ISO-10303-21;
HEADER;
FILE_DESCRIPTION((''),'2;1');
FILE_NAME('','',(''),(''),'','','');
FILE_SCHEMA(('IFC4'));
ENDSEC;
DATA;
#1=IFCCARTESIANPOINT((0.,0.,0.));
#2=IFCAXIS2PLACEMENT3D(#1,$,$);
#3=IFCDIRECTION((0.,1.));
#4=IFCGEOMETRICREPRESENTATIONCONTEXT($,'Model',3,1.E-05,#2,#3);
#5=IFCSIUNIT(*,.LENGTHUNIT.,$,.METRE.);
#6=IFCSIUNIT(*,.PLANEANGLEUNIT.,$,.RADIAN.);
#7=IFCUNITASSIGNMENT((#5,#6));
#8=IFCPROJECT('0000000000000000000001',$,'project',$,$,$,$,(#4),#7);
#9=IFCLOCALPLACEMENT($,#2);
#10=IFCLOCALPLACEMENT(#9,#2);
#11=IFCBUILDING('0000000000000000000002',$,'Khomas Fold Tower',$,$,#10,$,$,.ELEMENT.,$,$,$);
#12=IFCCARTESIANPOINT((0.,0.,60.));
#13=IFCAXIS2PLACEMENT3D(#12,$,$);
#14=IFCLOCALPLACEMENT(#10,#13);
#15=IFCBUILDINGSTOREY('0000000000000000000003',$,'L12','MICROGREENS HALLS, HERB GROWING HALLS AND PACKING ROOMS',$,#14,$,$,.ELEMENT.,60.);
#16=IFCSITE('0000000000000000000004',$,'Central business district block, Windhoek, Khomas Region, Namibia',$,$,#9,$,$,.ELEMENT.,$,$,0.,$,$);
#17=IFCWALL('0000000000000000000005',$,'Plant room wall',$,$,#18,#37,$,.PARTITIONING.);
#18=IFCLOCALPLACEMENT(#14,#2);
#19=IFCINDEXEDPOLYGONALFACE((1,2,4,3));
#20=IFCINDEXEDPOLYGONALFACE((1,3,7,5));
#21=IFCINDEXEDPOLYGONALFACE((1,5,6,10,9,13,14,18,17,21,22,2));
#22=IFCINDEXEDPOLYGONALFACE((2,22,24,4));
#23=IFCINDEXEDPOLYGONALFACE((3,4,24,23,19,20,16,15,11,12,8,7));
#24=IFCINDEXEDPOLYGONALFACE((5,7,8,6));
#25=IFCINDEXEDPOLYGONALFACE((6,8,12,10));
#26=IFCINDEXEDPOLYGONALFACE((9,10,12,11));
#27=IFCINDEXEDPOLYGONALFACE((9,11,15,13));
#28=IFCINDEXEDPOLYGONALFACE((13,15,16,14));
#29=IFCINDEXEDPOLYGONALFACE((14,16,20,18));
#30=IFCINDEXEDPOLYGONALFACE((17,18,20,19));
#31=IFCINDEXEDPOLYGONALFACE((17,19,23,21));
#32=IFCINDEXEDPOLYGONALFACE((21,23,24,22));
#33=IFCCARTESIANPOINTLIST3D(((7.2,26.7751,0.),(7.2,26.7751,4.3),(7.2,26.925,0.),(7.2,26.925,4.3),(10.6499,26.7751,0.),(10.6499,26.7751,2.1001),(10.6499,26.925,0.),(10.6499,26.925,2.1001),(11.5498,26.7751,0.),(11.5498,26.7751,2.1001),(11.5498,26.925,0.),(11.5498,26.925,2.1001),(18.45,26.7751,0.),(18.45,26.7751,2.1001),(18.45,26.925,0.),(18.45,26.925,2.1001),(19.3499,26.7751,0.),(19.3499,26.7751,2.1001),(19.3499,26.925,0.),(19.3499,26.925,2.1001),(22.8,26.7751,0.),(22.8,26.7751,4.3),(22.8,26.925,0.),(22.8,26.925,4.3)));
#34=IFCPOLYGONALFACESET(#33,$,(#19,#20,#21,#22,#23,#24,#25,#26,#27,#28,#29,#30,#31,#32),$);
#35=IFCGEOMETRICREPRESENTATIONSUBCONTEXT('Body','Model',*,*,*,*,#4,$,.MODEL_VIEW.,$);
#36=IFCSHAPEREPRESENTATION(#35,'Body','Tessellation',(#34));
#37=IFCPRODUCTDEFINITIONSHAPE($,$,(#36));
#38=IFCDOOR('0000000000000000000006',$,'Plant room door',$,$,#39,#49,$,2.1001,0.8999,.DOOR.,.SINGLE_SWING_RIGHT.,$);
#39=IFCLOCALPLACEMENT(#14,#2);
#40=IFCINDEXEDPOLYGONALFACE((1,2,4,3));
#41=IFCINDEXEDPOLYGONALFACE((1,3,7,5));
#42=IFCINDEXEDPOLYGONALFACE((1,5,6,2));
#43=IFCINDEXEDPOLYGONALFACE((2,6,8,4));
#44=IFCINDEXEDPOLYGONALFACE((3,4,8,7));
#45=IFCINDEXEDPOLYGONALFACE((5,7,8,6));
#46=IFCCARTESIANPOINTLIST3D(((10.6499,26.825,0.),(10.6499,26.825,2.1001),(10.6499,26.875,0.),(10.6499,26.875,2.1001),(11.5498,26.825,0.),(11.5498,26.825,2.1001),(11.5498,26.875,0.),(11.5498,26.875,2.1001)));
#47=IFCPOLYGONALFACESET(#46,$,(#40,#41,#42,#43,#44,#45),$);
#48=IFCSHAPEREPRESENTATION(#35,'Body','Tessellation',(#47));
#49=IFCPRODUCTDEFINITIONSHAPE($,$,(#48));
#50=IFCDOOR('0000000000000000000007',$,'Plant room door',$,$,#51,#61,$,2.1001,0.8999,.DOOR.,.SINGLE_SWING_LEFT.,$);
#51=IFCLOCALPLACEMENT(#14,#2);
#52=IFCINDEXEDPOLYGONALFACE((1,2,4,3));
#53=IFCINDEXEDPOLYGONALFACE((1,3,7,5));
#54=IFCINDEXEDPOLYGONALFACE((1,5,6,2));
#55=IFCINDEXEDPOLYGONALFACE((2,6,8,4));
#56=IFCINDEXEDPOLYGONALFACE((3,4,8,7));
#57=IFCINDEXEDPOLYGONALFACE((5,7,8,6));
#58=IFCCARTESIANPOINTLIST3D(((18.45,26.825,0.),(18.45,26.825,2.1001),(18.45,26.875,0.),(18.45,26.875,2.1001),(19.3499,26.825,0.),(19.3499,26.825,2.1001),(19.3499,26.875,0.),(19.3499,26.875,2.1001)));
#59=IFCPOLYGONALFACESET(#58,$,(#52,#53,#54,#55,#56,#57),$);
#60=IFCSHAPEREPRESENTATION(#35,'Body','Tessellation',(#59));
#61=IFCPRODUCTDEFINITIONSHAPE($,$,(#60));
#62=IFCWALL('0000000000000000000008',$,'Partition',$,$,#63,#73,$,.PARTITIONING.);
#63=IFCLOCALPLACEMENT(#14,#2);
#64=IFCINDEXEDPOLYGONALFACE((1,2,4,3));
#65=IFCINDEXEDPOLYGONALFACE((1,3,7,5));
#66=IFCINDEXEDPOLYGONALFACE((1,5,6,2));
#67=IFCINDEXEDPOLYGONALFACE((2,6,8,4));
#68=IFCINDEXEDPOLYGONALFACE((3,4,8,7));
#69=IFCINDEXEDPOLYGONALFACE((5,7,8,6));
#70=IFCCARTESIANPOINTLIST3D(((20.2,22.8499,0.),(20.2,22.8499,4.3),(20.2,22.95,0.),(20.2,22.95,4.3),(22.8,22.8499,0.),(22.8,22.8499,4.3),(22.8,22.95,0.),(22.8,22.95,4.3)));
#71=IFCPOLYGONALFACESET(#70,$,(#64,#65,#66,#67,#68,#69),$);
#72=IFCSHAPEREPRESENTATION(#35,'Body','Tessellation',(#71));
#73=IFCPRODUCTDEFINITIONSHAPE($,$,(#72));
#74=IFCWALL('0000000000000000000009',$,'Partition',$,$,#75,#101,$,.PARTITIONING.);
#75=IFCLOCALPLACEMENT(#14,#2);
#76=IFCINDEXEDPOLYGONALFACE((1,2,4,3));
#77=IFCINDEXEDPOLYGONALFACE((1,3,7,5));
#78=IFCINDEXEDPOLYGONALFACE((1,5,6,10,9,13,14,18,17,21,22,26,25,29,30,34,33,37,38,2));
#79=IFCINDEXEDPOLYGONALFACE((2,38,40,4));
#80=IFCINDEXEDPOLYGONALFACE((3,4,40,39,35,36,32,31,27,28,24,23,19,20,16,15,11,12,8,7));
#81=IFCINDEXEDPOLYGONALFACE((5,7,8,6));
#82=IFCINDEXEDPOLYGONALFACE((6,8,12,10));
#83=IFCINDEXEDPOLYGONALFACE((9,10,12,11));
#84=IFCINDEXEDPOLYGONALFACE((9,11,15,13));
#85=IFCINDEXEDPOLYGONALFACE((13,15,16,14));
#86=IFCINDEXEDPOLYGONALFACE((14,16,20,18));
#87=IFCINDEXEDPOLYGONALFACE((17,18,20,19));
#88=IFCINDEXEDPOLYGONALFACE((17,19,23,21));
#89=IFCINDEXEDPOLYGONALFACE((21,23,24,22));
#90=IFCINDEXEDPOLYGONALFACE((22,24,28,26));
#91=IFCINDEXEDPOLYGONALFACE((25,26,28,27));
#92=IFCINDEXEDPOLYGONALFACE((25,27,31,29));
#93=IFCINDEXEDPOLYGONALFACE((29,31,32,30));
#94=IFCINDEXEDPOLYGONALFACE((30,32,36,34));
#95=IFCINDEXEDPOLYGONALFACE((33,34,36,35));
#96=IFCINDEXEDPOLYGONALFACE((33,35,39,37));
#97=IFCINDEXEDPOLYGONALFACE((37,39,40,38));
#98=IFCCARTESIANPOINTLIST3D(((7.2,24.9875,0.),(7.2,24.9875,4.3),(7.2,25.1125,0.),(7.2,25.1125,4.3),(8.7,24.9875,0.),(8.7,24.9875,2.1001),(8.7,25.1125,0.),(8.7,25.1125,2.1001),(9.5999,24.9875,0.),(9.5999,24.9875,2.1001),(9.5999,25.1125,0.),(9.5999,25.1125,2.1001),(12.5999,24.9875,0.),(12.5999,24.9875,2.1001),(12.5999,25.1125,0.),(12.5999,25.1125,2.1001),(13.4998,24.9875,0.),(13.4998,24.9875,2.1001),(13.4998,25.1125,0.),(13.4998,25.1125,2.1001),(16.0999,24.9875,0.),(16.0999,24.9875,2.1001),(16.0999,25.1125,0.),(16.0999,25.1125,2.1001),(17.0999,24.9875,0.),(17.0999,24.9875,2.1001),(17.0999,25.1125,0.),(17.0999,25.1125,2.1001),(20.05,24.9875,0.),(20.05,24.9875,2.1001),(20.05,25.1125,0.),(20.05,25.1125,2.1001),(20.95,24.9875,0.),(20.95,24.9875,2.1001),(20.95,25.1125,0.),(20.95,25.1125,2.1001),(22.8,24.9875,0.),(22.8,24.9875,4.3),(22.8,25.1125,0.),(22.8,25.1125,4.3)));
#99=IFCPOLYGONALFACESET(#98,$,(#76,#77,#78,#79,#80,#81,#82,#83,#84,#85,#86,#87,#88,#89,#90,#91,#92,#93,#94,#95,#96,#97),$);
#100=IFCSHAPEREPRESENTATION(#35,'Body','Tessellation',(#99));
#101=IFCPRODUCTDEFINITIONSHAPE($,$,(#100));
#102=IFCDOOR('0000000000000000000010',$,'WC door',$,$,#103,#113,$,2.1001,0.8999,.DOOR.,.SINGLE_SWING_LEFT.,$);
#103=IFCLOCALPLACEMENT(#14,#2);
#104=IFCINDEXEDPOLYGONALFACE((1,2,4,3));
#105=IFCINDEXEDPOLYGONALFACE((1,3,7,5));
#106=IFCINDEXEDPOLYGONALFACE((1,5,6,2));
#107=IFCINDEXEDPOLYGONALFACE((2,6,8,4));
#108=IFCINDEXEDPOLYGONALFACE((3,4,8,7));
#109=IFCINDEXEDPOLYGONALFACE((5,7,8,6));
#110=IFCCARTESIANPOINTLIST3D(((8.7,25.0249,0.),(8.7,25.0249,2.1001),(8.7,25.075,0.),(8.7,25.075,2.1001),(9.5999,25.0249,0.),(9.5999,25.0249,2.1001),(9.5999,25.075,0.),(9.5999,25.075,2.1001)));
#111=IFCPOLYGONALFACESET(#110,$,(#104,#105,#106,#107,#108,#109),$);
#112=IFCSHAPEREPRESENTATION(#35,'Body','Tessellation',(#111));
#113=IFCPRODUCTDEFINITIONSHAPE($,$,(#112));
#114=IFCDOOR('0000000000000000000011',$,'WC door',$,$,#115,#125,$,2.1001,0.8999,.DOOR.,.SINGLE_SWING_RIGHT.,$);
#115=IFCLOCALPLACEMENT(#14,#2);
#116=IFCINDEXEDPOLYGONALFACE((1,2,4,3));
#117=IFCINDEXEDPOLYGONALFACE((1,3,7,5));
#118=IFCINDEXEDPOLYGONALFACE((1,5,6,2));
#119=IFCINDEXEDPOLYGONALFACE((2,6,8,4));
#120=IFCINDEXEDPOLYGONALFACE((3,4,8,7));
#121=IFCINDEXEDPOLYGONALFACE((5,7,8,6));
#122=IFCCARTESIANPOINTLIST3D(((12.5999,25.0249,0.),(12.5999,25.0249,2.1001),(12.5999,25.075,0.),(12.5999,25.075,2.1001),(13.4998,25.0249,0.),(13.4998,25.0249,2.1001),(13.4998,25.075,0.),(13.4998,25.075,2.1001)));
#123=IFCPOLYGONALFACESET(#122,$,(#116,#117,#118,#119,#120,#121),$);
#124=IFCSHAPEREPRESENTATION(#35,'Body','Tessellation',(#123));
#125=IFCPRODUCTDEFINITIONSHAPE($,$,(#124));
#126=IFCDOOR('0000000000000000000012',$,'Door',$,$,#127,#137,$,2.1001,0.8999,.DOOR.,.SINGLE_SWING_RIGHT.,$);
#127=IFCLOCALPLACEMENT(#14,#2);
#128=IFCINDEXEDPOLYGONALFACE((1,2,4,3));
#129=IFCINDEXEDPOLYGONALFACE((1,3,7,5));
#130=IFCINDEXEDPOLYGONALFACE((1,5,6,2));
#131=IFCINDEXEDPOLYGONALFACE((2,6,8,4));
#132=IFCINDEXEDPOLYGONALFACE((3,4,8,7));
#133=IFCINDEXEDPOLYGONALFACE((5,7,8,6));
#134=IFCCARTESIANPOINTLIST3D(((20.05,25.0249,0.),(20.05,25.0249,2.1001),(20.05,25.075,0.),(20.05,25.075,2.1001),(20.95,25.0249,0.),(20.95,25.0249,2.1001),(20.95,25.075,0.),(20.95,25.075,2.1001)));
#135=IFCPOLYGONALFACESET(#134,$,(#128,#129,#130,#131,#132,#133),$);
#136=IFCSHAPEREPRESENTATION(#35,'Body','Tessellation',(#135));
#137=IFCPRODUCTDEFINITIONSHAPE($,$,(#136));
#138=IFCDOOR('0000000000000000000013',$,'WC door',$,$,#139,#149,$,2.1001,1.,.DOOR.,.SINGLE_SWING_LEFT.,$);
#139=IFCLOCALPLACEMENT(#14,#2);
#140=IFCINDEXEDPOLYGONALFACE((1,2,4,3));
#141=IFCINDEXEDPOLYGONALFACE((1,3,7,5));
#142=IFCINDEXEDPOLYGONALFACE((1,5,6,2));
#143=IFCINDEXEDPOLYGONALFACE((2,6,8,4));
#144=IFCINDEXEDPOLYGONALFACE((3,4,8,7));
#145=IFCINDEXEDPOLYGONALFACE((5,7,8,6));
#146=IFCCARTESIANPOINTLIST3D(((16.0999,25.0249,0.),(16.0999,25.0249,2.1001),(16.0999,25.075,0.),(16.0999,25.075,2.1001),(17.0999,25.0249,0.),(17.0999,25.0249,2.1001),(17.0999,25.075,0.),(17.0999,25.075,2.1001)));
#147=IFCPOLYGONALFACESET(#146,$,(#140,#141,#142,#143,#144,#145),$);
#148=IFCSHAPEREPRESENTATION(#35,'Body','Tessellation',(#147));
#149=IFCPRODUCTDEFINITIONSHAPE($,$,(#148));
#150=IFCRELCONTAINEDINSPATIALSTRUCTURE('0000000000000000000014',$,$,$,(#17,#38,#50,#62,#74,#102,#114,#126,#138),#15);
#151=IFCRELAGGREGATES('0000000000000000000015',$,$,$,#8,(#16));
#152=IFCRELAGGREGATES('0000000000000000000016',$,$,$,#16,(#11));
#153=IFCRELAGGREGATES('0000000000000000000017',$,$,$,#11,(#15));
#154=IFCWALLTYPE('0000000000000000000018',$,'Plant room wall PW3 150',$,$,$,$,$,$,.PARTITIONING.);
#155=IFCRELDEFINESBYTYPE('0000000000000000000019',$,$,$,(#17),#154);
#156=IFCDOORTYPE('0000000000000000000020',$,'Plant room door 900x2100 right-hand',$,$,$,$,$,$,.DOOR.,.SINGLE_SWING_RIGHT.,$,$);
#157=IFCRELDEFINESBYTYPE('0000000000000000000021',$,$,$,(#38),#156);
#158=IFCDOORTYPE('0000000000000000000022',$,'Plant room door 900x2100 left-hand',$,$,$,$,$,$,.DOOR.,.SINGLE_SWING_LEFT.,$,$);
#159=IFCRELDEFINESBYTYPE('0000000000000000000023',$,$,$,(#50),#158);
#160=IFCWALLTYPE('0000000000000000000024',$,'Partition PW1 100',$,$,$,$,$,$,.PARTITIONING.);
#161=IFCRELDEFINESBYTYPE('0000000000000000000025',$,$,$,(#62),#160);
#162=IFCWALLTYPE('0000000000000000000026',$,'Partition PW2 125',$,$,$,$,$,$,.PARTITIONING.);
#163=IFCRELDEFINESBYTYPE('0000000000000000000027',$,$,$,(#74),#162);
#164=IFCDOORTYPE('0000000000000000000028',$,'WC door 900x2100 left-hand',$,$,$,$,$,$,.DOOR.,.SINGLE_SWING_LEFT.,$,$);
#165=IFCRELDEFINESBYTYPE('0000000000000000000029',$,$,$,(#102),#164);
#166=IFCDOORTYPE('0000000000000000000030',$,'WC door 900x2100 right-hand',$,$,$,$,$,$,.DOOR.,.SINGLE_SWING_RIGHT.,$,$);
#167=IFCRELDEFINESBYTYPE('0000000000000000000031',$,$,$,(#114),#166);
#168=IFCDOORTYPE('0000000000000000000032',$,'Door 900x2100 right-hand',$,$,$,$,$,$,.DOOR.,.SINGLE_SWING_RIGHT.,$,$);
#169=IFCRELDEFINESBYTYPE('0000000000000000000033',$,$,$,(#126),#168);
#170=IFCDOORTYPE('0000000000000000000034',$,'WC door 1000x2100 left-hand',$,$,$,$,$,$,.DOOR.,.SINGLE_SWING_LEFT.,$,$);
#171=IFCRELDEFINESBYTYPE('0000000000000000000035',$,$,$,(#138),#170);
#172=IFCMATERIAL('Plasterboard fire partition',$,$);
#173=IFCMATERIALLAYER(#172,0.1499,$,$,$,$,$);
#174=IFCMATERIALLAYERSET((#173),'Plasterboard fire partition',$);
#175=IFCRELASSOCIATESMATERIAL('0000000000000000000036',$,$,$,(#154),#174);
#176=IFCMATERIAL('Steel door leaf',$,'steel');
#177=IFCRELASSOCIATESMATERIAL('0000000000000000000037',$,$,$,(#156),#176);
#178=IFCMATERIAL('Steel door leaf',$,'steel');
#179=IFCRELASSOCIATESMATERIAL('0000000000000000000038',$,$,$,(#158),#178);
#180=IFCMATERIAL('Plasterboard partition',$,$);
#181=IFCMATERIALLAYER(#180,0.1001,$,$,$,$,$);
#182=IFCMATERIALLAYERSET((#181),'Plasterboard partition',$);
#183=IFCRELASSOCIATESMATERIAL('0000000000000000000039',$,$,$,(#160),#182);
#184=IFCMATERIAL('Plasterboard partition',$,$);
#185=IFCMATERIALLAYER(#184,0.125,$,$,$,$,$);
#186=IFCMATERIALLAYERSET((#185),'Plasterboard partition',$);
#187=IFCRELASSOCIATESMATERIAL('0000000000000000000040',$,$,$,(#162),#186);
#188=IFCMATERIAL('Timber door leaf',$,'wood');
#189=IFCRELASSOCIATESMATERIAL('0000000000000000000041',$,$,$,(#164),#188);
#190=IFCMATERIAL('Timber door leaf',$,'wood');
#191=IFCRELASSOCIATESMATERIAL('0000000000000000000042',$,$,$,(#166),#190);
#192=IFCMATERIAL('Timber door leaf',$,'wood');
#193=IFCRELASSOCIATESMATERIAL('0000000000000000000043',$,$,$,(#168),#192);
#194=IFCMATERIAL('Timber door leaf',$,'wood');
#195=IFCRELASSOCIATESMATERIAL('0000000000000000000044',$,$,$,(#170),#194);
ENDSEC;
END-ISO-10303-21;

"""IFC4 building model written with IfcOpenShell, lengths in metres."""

from ifc_helpers import new_model, si_unit, direction, frame, frame_2d, origin, place, context, subcontext, project, spatial, rectangle, extrude, source, transform, mapped, material, layer, layer_set, type_object, element, fill, save


model = new_model("IFC4")

# Units and contexts
model_context = context("Model", 3, precision=1e-05, world=origin(), true_north=direction((0.0, 1.0)))
body_context = subcontext(model_context, "Body", "Model", "MODEL_VIEW")
ifc_project = project(units=[si_unit("LENGTHUNIT", "METRE"), si_unit("PLANEANGLEUNIT", "RADIAN")], contexts=[model_context])

# Site, building, storey
site_placement = place(None, origin())
site = spatial("IfcSite", under=ifc_project, at=site_placement, Name="Central business district block, Windhoek, Khomas Region, Namibia", CompositionType="ELEMENT", RefElevation=0.0)
building_placement = place(site_placement, origin())
building = spatial("IfcBuilding", under=site, at=building_placement, Name="Khomas Fold Tower", CompositionType="ELEMENT")
storey_placement = place(building_placement, frame((0.0, 0.0, 60.0)))
storey = spatial("IfcBuildingStorey", under=building, at=storey_placement, Name="L12", Description="MICROGREENS HALLS, HERB GROWING HALLS AND PACKING ROOMS", CompositionType="ELEMENT", Elevation=60.0)

# Wall, openings, doors
ifc_material_1 = material(Name="Plasterboard fire partition")
ifc_layer_1 = layer(ifc_material_1, 0.1499)
ifc_layer_set_1 = layer_set([ifc_layer_1], Name="Plasterboard fire partition")
wall_type_1 = type_object("IfcWallType", Name="Plant room wall PW3 150", PredefinedType="PARTITIONING", material=ifc_layer_set_1)
shared_shape_1 = source(origin(), body_context, "Body", "SweptSolid", [
    extrude(rectangle(XDim=15.6001, YDim=0.1499, at=frame_2d((7.8, 0.0))), origin(), (0.0, 0.0, 1.0), 4.3),
])
wall_1_placement = place(storey_placement, frame((7.2, 26.8501, 0.0), z_axis=(0.0, 0.0, 1.0), x_axis=(1.0, 0.0, 0.0)))
wall_1 = element("IfcWall", 1, at=wall_1_placement, inside=storey, type_object=wall_type_1, Name="Plant room wall", PredefinedType="PARTITIONING", context=body_context, shape_type="MappedRepresentation", body=[
    mapped(shared_shape_1, transform((0.0, 0.0, 0.0))),
])
shared_shape_2 = source(origin(), body_context, "Body", "SweptSolid", [
    extrude(rectangle(XDim=0.8999, YDim=2.1001, at=frame_2d((0.45, 1.05))), frame((0.0, 0.085, 0.0), z_axis=(0.0, -1.0, 0.0), x_axis=(1.0, 0.0, 0.0)), (0.0, 0.0, 1.0), 0.1699),
])
opening_1_placement = place(wall_1_placement, frame((3.45, 0.0, 0.0)))
opening_1 = element("IfcOpeningElement", 2, at=opening_1_placement, cuts=wall_1, PredefinedType="OPENING", context=body_context, shape_type="MappedRepresentation", body=[
    mapped(shared_shape_2, transform((0.0, 0.0, 0.0))),
])
opening_2_placement = place(wall_1_placement, frame((11.25, 0.0, 0.0)))
opening_2 = element("IfcOpeningElement", 3, at=opening_2_placement, cuts=wall_1, PredefinedType="OPENING", context=body_context, shape_type="MappedRepresentation", body=[
    mapped(shared_shape_2, transform((0.0, 0.0, 0.0))),
])
ifc_material_2 = material(Name="Steel door leaf", Category="steel")
door_type_1 = type_object("IfcDoorType", Name="Plant room door 900x2100 right-hand", OperationType="SINGLE_SWING_RIGHT", PredefinedType="DOOR", material=ifc_material_2)
shared_shape_3 = source(origin(), body_context, "Body", "SweptSolid", [
    extrude(rectangle(XDim=0.8999, YDim=2.1001, at=frame_2d((0.45, 1.05))), frame((0.0, 0.0249, 0.0), z_axis=(0.0, -1.0, 0.0), x_axis=(1.0, 0.0, 0.0)), (0.0, 0.0, 1.0), 0.05),
])
door_1_placement = place(opening_1_placement, origin())
door_1 = element("IfcDoor", 4, at=door_1_placement, inside=storey, type_object=door_type_1, Name="Plant room door", OperationType="SINGLE_SWING_RIGHT", OverallHeight=2.1001, OverallWidth=0.8999, PredefinedType="DOOR", context=body_context, shape_type="MappedRepresentation", body=[
    mapped(shared_shape_3, transform((0.0, 0.0, 0.0))),
])
fill(opening_1, door_1)
ifc_material_3 = material(Name="Steel door leaf", Category="steel")
door_type_2 = type_object("IfcDoorType", Name="Plant room door 900x2100 left-hand", OperationType="SINGLE_SWING_LEFT", PredefinedType="DOOR", material=ifc_material_3)
door_2_placement = place(opening_2_placement, origin())
door_2 = element("IfcDoor", 5, at=door_2_placement, inside=storey, type_object=door_type_2, Name="Plant room door", OperationType="SINGLE_SWING_LEFT", OverallHeight=2.1001, OverallWidth=0.8999, PredefinedType="DOOR", context=body_context, shape_type="MappedRepresentation", body=[
    mapped(shared_shape_3, transform((0.0, 0.0, 0.0))),
])
fill(opening_2, door_2)

# Wall
ifc_material_4 = material(Name="Plasterboard partition")
ifc_layer_2 = layer(ifc_material_4, 0.1001)
ifc_layer_set_2 = layer_set([ifc_layer_2], Name="Plasterboard partition")
wall_type_2 = type_object("IfcWallType", Name="Partition PW1 100", PredefinedType="PARTITIONING", material=ifc_layer_set_2)
shared_shape_4 = source(origin(), body_context, "Body", "SweptSolid", [
    extrude(rectangle(XDim=2.6001, YDim=0.1001, at=frame_2d((1.3, 0.0))), origin(), (0.0, 0.0, 1.0), 4.3),
])
wall_2_placement = place(storey_placement, frame((20.2, 22.8999, 0.0), z_axis=(0.0, 0.0, 1.0), x_axis=(1.0, 0.0, 0.0)))
element("IfcWall", 6, at=wall_2_placement, inside=storey, type_object=wall_type_2, Name="Partition", PredefinedType="PARTITIONING", context=body_context, shape_type="MappedRepresentation", body=[
    mapped(shared_shape_4, transform((0.0, 0.0, 0.0))),
])

# Wall, openings, doors
ifc_material_5 = material(Name="Plasterboard partition")
ifc_layer_3 = layer(ifc_material_5, 0.125)
ifc_layer_set_3 = layer_set([ifc_layer_3], Name="Plasterboard partition")
wall_type_3 = type_object("IfcWallType", Name="Partition PW2 125", PredefinedType="PARTITIONING", material=ifc_layer_set_3)
shared_shape_5 = source(origin(), body_context, "Body", "SweptSolid", [
    extrude(rectangle(XDim=15.6001, YDim=0.125, at=frame_2d((7.8, 0.0))), origin(), (0.0, 0.0, 1.0), 4.3),
])
wall_3_placement = place(storey_placement, frame((7.2, 25.05, 0.0), z_axis=(0.0, 0.0, 1.0), x_axis=(1.0, 0.0, 0.0)))
wall_3 = element("IfcWall", 7, at=wall_3_placement, inside=storey, type_object=wall_type_3, Name="Partition", PredefinedType="PARTITIONING", context=body_context, shape_type="MappedRepresentation", body=[
    mapped(shared_shape_5, transform((0.0, 0.0, 0.0))),
])
shared_shape_6 = source(origin(), body_context, "Body", "SweptSolid", [
    extrude(rectangle(XDim=0.8999, YDim=2.1001, at=frame_2d((0.45, 1.05))), frame((0.0, 0.0725, 0.0), z_axis=(0.0, -1.0, 0.0), x_axis=(1.0, 0.0, 0.0)), (0.0, 0.0, 1.0), 0.145),
])
opening_3_placement = place(wall_3_placement, frame((1.5, 0.0, 0.0)))
opening_3 = element("IfcOpeningElement", 8, at=opening_3_placement, cuts=wall_3, PredefinedType="OPENING", context=body_context, shape_type="MappedRepresentation", body=[
    mapped(shared_shape_6, transform((0.0, 0.0, 0.0))),
])
opening_4_placement = place(wall_3_placement, frame((5.3999, 0.0, 0.0)))
opening_4 = element("IfcOpeningElement", 9, at=opening_4_placement, cuts=wall_3, PredefinedType="OPENING", context=body_context, shape_type="MappedRepresentation", body=[
    mapped(shared_shape_6, transform((0.0, 0.0, 0.0))),
])
shared_shape_7 = source(origin(), body_context, "Body", "SweptSolid", [
    extrude(rectangle(XDim=1.0, YDim=2.1001, at=frame_2d((0.5, 1.05))), frame((0.0, 0.0725, 0.0), z_axis=(0.0, -1.0, 0.0), x_axis=(1.0, 0.0, 0.0)), (0.0, 0.0, 1.0), 0.145),
])
opening_5_placement = place(wall_3_placement, frame((8.8999, 0.0, 0.0)))
opening_5 = element("IfcOpeningElement", 10, at=opening_5_placement, cuts=wall_3, PredefinedType="OPENING", context=body_context, shape_type="MappedRepresentation", body=[
    mapped(shared_shape_7, transform((0.0, 0.0, 0.0))),
])
opening_6_placement = place(wall_3_placement, frame((12.8501, 0.0, 0.0)))
opening_6 = element("IfcOpeningElement", 11, at=opening_6_placement, cuts=wall_3, PredefinedType="OPENING", context=body_context, shape_type="MappedRepresentation", body=[
    mapped(shared_shape_6, transform((0.0, 0.0, 0.0))),
])
ifc_material_6 = material(Name="Timber door leaf", Category="wood")
door_type_3 = type_object("IfcDoorType", Name="WC door 900x2100 left-hand", OperationType="SINGLE_SWING_LEFT", PredefinedType="DOOR", material=ifc_material_6)
door_3_placement = place(opening_3_placement, origin())
door_3 = element("IfcDoor", 12, at=door_3_placement, inside=storey, type_object=door_type_3, Name="WC door", OperationType="SINGLE_SWING_LEFT", OverallHeight=2.1001, OverallWidth=0.8999, PredefinedType="DOOR", context=body_context, shape_type="MappedRepresentation", body=[
    mapped(shared_shape_3, transform((0.0, 0.0, 0.0))),
])
fill(opening_3, door_3)
ifc_material_7 = material(Name="Timber door leaf", Category="wood")
door_type_4 = type_object("IfcDoorType", Name="WC door 900x2100 right-hand", OperationType="SINGLE_SWING_RIGHT", PredefinedType="DOOR", material=ifc_material_7)
door_4_placement = place(opening_4_placement, origin())
door_4 = element("IfcDoor", 13, at=door_4_placement, inside=storey, type_object=door_type_4, Name="WC door", OperationType="SINGLE_SWING_RIGHT", OverallHeight=2.1001, OverallWidth=0.8999, PredefinedType="DOOR", context=body_context, shape_type="MappedRepresentation", body=[
    mapped(shared_shape_3, transform((0.0, 0.0, 0.0))),
])
fill(opening_4, door_4)
ifc_material_8 = material(Name="Timber door leaf", Category="wood")
door_type_5 = type_object("IfcDoorType", Name="Door 900x2100 right-hand", OperationType="SINGLE_SWING_RIGHT", PredefinedType="DOOR", material=ifc_material_8)
door_5_placement = place(opening_6_placement, origin())
door_5 = element("IfcDoor", 14, at=door_5_placement, inside=storey, type_object=door_type_5, Name="Door", OperationType="SINGLE_SWING_RIGHT", OverallHeight=2.1001, OverallWidth=0.8999, PredefinedType="DOOR", context=body_context, shape_type="MappedRepresentation", body=[
    mapped(shared_shape_3, transform((0.0, 0.0, 0.0))),
])
fill(opening_6, door_5)
ifc_material_9 = material(Name="Timber door leaf", Category="wood")
door_type_6 = type_object("IfcDoorType", Name="WC door 1000x2100 left-hand", OperationType="SINGLE_SWING_LEFT", PredefinedType="DOOR", material=ifc_material_9)
shared_shape_8 = source(origin(), body_context, "Body", "SweptSolid", [
    extrude(rectangle(XDim=1.0, YDim=2.1001, at=frame_2d((0.5, 1.05))), frame((0.0, 0.0249, 0.0), z_axis=(0.0, -1.0, 0.0), x_axis=(1.0, 0.0, 0.0)), (0.0, 0.0, 1.0), 0.05),
])
door_6_placement = place(opening_5_placement, origin())
door_6 = element("IfcDoor", 15, at=door_6_placement, inside=storey, type_object=door_type_6, Name="WC door", OperationType="SINGLE_SWING_LEFT", OverallHeight=2.1001, OverallWidth=1.0, PredefinedType="DOOR", context=body_context, shape_type="MappedRepresentation", body=[
    mapped(shared_shape_8, transform((0.0, 0.0, 0.0))),
])
fill(opening_5, door_6)

save(model, "model.ifc")
